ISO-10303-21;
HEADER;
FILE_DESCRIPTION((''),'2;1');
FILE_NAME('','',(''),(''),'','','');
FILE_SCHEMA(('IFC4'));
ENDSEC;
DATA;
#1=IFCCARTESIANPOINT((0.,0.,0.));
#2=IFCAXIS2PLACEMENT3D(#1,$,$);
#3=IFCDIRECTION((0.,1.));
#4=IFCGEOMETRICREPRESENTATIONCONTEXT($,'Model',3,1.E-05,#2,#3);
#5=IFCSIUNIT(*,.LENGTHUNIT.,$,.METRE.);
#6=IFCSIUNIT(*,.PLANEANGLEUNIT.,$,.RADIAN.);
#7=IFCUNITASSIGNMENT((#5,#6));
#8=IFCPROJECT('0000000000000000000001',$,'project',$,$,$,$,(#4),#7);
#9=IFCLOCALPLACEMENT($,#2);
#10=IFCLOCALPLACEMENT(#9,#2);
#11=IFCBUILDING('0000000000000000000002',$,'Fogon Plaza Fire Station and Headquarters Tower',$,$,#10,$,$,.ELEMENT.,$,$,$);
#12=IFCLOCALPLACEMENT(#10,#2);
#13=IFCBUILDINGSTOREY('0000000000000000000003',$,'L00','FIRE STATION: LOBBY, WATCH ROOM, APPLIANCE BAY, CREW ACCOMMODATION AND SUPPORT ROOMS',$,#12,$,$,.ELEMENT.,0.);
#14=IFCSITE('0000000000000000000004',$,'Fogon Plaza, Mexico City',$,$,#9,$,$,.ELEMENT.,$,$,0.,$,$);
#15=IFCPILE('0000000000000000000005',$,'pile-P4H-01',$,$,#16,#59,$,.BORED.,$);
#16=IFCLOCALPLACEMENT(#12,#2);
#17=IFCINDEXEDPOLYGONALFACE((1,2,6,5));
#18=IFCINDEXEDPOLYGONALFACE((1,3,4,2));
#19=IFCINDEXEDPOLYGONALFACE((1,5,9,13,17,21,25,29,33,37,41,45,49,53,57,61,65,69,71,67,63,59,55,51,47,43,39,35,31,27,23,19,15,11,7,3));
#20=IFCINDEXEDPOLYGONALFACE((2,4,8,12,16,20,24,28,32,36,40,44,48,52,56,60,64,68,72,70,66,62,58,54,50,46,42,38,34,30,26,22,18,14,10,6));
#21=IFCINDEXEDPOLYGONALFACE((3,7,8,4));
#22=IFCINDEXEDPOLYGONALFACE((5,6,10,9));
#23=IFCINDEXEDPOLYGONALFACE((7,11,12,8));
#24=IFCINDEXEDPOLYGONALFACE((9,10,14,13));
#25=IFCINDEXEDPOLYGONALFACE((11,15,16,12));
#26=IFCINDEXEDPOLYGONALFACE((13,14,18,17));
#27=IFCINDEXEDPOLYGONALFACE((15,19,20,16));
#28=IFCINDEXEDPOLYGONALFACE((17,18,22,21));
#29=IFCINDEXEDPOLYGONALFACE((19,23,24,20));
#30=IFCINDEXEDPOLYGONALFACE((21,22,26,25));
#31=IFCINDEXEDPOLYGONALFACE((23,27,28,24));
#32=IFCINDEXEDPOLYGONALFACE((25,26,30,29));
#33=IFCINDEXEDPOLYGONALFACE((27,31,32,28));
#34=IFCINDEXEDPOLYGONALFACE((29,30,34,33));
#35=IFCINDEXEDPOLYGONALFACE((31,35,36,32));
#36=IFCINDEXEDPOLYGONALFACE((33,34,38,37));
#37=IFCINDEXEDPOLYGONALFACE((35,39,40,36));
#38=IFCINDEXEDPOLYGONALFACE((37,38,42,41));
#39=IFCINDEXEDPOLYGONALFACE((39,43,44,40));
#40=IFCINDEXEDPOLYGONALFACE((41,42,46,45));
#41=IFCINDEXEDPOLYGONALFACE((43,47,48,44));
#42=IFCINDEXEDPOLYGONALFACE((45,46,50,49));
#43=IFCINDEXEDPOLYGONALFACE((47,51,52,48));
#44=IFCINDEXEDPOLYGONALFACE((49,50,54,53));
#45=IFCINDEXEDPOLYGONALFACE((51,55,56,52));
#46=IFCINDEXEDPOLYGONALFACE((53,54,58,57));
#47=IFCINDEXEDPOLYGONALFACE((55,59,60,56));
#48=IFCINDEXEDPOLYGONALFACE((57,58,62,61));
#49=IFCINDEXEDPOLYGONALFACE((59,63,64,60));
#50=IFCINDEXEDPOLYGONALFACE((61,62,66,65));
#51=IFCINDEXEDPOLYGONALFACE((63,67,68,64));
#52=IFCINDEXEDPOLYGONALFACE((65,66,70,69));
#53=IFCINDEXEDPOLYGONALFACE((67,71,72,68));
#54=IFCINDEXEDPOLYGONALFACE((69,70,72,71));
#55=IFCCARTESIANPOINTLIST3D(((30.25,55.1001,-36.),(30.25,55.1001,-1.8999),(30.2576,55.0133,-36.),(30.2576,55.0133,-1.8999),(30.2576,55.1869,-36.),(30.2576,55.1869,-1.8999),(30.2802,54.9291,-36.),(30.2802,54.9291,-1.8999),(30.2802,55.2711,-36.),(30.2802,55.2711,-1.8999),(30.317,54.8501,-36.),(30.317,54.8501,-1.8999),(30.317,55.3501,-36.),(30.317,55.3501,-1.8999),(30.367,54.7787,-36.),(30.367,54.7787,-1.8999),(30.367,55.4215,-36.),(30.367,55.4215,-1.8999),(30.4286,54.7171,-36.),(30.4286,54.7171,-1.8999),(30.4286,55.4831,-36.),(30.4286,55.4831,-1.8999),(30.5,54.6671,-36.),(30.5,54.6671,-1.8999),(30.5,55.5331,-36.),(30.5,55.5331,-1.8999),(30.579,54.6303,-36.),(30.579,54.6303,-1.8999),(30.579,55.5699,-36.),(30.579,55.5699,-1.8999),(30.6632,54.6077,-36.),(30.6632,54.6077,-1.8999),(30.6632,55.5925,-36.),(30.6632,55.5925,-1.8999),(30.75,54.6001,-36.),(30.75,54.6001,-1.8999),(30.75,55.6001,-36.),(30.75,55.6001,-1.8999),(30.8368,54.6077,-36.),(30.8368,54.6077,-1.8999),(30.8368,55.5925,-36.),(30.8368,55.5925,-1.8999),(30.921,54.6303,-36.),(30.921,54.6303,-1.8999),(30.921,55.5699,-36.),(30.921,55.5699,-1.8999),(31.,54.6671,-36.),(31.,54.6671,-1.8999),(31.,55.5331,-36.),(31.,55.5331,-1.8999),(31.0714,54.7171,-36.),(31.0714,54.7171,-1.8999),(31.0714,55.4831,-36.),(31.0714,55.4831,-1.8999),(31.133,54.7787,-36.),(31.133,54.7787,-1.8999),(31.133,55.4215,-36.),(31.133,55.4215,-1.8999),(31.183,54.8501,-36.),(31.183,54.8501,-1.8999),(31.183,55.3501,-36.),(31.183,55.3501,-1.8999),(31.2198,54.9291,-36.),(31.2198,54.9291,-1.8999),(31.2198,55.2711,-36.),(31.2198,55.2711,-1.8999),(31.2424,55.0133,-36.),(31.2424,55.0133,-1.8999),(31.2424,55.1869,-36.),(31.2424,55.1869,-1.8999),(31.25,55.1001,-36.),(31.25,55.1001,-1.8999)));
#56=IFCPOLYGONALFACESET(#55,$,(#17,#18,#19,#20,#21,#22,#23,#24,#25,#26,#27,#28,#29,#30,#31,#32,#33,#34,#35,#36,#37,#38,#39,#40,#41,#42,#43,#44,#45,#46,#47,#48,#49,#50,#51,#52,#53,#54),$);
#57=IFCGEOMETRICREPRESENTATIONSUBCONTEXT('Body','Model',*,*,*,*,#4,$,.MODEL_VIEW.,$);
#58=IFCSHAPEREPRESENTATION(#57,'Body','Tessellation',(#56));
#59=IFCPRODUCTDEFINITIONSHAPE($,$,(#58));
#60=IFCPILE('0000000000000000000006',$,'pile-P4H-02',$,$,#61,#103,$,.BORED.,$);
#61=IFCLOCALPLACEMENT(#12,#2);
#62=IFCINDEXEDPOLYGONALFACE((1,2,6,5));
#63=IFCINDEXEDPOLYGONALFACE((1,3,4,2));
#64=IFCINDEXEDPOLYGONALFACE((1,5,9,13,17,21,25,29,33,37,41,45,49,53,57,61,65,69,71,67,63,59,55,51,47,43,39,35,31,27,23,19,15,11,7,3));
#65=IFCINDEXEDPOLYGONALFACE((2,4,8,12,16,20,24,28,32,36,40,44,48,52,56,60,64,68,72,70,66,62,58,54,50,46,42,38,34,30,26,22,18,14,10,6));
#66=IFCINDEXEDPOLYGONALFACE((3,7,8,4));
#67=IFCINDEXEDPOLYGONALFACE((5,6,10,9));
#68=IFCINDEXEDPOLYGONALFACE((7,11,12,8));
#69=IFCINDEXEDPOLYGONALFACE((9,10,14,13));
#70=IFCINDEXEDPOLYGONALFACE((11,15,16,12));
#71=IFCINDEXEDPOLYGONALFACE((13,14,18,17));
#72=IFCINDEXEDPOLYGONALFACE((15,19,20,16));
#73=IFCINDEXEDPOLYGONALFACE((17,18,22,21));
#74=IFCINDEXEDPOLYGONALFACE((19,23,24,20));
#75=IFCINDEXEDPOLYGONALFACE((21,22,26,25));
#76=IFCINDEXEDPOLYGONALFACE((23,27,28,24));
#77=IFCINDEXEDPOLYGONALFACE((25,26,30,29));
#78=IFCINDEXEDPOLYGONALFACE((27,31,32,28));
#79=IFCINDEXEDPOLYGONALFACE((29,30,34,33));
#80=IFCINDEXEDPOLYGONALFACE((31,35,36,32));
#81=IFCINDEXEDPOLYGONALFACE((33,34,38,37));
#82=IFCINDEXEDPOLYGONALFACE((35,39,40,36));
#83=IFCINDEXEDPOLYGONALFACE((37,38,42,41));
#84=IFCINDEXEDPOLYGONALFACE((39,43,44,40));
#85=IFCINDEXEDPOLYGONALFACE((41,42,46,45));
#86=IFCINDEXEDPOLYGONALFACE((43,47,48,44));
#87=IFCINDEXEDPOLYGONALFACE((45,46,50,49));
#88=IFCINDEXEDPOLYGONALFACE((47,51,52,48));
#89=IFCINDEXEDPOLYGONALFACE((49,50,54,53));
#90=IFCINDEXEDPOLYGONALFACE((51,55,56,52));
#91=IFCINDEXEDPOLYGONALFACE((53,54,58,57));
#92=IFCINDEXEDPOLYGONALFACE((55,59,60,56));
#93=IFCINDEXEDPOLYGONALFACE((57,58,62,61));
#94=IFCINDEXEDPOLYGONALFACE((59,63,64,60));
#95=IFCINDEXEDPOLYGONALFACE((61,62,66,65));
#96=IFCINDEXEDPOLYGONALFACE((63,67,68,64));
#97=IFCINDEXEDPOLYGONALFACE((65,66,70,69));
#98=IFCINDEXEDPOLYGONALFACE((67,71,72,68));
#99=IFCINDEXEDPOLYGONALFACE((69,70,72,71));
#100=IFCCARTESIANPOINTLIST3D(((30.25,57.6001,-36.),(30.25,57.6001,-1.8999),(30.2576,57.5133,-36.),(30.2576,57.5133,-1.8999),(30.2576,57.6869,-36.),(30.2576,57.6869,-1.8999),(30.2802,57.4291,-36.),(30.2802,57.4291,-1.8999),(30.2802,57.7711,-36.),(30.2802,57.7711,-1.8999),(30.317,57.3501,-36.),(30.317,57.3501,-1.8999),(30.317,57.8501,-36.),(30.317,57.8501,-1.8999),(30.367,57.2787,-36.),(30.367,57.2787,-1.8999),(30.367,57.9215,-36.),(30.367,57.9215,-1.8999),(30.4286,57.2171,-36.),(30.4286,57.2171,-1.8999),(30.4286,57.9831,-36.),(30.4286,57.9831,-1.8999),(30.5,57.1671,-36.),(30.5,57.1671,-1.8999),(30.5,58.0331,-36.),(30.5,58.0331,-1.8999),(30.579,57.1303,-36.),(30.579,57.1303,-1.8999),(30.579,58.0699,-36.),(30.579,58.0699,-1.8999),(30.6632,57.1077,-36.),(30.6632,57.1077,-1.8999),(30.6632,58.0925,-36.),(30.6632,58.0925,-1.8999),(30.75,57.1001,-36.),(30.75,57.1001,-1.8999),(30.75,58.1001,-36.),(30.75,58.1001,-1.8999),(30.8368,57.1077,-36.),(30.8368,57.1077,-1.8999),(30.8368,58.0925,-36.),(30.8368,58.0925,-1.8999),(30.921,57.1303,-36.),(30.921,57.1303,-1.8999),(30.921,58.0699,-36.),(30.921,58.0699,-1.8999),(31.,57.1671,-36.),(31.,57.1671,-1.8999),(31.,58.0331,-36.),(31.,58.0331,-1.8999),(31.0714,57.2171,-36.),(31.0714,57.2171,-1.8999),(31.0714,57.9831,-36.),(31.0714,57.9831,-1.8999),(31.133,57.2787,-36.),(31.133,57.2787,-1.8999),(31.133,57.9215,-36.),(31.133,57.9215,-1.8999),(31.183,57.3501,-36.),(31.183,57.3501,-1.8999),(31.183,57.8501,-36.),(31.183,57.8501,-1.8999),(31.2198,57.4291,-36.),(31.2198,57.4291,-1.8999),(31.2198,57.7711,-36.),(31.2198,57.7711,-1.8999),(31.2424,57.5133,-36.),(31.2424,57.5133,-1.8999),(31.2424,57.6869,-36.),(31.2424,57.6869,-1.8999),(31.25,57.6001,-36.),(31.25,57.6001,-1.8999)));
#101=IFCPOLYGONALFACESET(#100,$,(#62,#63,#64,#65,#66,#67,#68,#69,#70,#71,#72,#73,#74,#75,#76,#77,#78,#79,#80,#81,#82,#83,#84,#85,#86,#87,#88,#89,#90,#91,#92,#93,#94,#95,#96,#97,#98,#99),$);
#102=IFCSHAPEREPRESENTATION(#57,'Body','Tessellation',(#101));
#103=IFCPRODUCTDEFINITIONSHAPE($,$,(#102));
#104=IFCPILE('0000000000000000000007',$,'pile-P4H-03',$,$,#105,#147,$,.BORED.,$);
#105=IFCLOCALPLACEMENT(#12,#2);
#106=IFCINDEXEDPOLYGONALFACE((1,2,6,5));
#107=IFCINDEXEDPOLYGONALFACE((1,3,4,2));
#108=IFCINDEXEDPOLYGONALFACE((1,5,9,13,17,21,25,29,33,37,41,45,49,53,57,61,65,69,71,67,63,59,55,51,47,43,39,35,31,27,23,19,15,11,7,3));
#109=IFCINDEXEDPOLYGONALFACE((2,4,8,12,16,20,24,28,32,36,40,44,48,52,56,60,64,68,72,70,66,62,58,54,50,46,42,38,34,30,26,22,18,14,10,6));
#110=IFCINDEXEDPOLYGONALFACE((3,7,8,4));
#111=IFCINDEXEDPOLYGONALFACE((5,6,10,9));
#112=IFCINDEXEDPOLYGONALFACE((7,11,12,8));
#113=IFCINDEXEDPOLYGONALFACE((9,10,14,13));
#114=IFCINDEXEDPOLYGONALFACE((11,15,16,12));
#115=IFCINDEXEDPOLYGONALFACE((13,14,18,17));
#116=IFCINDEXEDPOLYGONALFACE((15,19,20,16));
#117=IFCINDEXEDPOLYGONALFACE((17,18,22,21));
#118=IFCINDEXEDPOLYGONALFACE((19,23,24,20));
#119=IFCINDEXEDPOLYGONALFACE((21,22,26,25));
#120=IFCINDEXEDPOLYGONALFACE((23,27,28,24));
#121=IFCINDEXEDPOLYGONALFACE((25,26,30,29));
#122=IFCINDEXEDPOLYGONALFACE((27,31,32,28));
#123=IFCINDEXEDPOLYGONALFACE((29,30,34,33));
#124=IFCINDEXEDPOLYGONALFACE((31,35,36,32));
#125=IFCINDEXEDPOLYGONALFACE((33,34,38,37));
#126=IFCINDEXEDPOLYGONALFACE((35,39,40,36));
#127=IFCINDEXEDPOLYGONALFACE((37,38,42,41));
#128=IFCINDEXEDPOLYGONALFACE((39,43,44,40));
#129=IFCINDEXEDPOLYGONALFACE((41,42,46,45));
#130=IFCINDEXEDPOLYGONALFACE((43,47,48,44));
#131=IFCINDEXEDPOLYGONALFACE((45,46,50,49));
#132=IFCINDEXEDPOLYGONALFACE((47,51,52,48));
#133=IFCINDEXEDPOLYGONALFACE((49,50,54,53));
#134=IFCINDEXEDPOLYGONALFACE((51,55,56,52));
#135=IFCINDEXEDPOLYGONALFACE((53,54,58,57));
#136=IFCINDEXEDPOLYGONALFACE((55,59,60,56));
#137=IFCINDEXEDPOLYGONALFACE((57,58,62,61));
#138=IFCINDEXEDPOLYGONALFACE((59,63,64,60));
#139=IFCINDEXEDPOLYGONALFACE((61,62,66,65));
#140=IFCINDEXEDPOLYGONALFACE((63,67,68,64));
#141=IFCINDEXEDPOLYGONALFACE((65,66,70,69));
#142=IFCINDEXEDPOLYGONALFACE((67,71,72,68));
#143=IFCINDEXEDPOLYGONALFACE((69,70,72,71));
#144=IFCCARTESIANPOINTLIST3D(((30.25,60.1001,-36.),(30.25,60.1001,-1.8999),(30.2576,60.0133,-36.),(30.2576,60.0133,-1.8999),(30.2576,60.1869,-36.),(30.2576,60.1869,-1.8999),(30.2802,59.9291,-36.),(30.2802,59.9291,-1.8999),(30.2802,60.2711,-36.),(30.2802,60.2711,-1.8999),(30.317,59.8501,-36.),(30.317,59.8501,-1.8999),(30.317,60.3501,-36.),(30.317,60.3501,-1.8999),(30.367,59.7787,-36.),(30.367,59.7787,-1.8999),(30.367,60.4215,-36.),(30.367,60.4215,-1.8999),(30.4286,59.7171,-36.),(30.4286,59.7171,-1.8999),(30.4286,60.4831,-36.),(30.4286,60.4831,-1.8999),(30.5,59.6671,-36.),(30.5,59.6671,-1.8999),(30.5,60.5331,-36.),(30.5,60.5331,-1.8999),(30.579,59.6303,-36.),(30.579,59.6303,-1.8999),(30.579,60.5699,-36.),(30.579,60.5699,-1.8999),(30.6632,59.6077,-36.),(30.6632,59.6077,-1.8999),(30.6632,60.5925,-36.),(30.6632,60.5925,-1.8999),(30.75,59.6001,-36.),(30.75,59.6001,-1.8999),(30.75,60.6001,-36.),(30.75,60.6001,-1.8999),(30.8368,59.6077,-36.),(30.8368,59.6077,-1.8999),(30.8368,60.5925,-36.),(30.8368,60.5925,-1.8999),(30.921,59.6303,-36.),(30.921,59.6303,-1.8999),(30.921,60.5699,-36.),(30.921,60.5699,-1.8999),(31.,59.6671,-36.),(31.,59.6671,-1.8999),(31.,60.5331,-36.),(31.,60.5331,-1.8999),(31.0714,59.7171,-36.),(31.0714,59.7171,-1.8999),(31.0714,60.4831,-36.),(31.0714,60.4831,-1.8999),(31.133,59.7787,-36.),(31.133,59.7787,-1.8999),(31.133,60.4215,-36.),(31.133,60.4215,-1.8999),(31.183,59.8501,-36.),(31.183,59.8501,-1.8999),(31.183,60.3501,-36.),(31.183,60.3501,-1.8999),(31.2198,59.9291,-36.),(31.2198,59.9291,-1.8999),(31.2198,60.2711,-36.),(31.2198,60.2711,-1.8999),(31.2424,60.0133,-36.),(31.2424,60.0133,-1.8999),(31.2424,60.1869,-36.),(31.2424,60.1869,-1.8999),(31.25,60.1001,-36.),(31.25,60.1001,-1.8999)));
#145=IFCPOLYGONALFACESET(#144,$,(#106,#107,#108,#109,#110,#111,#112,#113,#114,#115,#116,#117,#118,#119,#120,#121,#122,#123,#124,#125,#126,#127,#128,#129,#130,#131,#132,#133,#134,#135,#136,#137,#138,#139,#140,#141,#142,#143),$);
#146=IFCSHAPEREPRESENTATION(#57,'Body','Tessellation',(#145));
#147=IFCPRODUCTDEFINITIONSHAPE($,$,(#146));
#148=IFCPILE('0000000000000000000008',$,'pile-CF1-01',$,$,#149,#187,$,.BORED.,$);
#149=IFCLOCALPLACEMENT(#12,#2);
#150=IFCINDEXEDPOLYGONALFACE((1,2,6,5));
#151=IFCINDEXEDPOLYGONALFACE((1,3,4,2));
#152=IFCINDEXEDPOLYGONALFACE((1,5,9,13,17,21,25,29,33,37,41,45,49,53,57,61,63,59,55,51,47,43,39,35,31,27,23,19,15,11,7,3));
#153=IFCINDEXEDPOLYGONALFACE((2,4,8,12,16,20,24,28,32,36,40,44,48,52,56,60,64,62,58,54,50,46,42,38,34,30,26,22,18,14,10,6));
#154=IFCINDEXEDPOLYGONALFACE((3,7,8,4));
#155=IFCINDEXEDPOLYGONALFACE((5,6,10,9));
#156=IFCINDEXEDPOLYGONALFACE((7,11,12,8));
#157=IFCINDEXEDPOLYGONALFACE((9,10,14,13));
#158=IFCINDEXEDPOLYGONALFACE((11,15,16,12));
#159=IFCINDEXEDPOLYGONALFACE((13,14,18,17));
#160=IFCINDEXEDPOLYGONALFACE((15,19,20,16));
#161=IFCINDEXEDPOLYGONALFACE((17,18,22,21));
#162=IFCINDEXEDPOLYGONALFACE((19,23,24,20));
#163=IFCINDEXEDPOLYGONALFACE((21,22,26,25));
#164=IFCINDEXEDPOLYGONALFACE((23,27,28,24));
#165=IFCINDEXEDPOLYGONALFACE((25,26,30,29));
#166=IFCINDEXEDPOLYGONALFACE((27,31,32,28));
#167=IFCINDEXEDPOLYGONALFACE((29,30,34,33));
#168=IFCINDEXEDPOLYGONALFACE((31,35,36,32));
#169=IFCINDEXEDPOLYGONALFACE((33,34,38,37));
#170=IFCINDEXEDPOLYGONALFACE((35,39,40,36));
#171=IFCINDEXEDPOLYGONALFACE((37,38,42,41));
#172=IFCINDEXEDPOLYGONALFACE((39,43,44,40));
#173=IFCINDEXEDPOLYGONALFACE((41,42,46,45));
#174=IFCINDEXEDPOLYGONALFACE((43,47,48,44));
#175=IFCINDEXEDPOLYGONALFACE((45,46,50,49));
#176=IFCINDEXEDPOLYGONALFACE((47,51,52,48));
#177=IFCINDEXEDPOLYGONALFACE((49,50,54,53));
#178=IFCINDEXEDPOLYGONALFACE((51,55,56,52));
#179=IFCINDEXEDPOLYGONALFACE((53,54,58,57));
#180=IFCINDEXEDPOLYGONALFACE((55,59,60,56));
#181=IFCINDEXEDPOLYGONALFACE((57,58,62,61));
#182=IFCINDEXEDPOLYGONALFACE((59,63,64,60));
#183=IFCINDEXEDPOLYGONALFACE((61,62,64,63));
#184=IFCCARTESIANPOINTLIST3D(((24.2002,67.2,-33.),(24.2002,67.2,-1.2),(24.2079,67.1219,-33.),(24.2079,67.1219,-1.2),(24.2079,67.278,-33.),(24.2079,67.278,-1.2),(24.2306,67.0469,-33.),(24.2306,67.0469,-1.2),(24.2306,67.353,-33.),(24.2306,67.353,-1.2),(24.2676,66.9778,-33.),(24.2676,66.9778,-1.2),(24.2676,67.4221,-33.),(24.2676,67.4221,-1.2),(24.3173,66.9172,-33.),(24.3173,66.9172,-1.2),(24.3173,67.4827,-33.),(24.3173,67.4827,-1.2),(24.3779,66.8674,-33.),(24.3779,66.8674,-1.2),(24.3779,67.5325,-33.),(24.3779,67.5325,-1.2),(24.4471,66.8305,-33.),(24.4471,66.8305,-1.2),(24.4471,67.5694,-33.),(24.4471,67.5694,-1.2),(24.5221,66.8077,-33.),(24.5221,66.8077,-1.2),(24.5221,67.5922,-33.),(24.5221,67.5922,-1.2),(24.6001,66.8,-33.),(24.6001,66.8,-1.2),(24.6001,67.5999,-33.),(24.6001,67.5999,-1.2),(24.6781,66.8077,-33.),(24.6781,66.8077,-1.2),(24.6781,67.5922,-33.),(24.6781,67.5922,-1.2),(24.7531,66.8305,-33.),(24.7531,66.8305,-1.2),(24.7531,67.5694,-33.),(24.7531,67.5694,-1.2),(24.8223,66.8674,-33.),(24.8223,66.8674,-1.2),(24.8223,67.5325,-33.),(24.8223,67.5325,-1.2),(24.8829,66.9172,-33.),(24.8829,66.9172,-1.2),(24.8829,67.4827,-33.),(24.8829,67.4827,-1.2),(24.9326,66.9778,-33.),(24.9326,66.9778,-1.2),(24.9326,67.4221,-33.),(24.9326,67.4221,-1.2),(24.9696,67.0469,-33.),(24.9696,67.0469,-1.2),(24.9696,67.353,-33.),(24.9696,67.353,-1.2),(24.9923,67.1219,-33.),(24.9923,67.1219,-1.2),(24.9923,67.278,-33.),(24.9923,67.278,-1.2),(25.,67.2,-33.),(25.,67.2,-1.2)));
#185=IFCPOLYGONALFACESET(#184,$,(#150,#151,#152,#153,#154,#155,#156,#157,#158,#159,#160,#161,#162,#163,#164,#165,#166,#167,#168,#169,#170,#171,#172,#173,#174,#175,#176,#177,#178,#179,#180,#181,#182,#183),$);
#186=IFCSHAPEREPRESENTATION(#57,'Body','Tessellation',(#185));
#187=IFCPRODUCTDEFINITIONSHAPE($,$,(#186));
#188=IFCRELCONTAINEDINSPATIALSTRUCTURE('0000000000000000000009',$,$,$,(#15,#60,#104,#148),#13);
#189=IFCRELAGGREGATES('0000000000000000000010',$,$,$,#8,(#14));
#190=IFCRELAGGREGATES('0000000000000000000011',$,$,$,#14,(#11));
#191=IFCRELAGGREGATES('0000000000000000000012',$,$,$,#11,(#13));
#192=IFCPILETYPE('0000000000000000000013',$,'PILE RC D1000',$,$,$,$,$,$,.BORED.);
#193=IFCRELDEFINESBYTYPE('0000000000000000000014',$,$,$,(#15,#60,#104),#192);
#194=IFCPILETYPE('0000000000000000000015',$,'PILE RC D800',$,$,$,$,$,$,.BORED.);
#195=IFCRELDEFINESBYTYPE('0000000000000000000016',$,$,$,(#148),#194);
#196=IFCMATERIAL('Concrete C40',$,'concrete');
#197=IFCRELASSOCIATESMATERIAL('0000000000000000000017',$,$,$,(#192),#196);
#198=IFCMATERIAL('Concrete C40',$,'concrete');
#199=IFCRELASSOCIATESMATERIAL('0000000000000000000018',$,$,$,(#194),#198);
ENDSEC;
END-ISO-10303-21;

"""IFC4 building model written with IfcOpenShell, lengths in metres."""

from ifc_helpers import new_model, si_unit, direction, frame, origin, origin_2d, place, context, subcontext, project, spatial, circle, extrude, material, material_profile, profile_set, type_object, element, save


model = new_model("IFC4")

# Units and contexts
model_context = context("Model", 3, precision=1e-05, world=origin(), true_north=direction((0.0, 1.0)))
body_context = subcontext(model_context, "Body", "Model", "MODEL_VIEW")
ifc_project = project(units=[si_unit("LENGTHUNIT", "METRE"), si_unit("PLANEANGLEUNIT", "RADIAN")], contexts=[model_context])

# Site, building, storey
site_placement = place(None, origin())
site = spatial("IfcSite", under=ifc_project, at=site_placement, Name="Fogon Plaza, Mexico City", CompositionType="ELEMENT", RefElevation=0.0)
building_placement = place(site_placement, origin())
building = spatial("IfcBuilding", under=site, at=building_placement, Name="Fogon Plaza Fire Station and Headquarters Tower", CompositionType="ELEMENT")
storey_placement = place(building_placement, origin())
storey = spatial("IfcBuildingStorey", under=building, at=storey_placement, Name="L00", Description="FIRE STATION: LOBBY, WATCH ROOM, APPLIANCE BAY, CREW ACCOMMODATION AND SUPPORT ROOMS", CompositionType="ELEMENT", Elevation=0.0)

# Piles
ifc_material_1 = material(Name="Concrete C40", Category="concrete")
ifc_material_profile_1 = material_profile(ifc_material_1, circle(Radius=0.5, at=origin_2d()), Name="RC D1000")
ifc_profile_set_1 = profile_set([ifc_material_profile_1], Name="Concrete C40")
pile_type_1 = type_object("IfcPileType", Name="PILE RC D1000", PredefinedType="BORED", material=ifc_profile_set_1)
for number, where, z_axis, x_axis, name in (
    (1, (30.75, 55.1001, -1.8999), (0.0, 0.0, -1.0), (1.0, 0.0, 0.0), "pile-P4H-01"),
    (2, (30.75, 57.6001, -1.8999), (0.0, 0.0, -1.0), (1.0, 0.0, 0.0), "pile-P4H-02"),
    (3, (30.75, 60.1001, -1.8999), (0.0, 0.0, -1.0), (1.0, 0.0, 0.0), "pile-P4H-03"),
):
    element("IfcPile", number, at=place(storey_placement, frame(where, z_axis=z_axis, x_axis=x_axis)), inside=storey, type_object=pile_type_1, Name=name, PredefinedType="BORED", context=body_context, shape_type="SweptSolid", body=[
        extrude(circle(Radius=0.5, at=origin_2d()), origin(), (0.0, 0.0, 1.0), 34.1001),
    ])
ifc_material_2 = material(Name="Concrete C40", Category="concrete")
ifc_material_profile_2 = material_profile(ifc_material_2, circle(Radius=0.3999, at=origin_2d()), Name="RC D800")
ifc_profile_set_2 = profile_set([ifc_material_profile_2], Name="Concrete C40")
pile_type_2 = type_object("IfcPileType", Name="PILE RC D800", PredefinedType="BORED", material=ifc_profile_set_2)
for number, where, z_axis, x_axis, name in (
    (4, (24.6001, 67.2, -1.2), (0.0, 0.0, -1.0), (1.0, 0.0, 0.0), "pile-CF1-01"),
):
    element("IfcPile", number, at=place(storey_placement, frame(where, z_axis=z_axis, x_axis=x_axis)), inside=storey, type_object=pile_type_2, Name=name, PredefinedType="BORED", context=body_context, shape_type="SweptSolid", body=[
        extrude(circle(Radius=0.3999, at=origin_2d()), origin(), (0.0, 0.0, 1.0), 31.8),
    ])

save(model, "model.ifc")
